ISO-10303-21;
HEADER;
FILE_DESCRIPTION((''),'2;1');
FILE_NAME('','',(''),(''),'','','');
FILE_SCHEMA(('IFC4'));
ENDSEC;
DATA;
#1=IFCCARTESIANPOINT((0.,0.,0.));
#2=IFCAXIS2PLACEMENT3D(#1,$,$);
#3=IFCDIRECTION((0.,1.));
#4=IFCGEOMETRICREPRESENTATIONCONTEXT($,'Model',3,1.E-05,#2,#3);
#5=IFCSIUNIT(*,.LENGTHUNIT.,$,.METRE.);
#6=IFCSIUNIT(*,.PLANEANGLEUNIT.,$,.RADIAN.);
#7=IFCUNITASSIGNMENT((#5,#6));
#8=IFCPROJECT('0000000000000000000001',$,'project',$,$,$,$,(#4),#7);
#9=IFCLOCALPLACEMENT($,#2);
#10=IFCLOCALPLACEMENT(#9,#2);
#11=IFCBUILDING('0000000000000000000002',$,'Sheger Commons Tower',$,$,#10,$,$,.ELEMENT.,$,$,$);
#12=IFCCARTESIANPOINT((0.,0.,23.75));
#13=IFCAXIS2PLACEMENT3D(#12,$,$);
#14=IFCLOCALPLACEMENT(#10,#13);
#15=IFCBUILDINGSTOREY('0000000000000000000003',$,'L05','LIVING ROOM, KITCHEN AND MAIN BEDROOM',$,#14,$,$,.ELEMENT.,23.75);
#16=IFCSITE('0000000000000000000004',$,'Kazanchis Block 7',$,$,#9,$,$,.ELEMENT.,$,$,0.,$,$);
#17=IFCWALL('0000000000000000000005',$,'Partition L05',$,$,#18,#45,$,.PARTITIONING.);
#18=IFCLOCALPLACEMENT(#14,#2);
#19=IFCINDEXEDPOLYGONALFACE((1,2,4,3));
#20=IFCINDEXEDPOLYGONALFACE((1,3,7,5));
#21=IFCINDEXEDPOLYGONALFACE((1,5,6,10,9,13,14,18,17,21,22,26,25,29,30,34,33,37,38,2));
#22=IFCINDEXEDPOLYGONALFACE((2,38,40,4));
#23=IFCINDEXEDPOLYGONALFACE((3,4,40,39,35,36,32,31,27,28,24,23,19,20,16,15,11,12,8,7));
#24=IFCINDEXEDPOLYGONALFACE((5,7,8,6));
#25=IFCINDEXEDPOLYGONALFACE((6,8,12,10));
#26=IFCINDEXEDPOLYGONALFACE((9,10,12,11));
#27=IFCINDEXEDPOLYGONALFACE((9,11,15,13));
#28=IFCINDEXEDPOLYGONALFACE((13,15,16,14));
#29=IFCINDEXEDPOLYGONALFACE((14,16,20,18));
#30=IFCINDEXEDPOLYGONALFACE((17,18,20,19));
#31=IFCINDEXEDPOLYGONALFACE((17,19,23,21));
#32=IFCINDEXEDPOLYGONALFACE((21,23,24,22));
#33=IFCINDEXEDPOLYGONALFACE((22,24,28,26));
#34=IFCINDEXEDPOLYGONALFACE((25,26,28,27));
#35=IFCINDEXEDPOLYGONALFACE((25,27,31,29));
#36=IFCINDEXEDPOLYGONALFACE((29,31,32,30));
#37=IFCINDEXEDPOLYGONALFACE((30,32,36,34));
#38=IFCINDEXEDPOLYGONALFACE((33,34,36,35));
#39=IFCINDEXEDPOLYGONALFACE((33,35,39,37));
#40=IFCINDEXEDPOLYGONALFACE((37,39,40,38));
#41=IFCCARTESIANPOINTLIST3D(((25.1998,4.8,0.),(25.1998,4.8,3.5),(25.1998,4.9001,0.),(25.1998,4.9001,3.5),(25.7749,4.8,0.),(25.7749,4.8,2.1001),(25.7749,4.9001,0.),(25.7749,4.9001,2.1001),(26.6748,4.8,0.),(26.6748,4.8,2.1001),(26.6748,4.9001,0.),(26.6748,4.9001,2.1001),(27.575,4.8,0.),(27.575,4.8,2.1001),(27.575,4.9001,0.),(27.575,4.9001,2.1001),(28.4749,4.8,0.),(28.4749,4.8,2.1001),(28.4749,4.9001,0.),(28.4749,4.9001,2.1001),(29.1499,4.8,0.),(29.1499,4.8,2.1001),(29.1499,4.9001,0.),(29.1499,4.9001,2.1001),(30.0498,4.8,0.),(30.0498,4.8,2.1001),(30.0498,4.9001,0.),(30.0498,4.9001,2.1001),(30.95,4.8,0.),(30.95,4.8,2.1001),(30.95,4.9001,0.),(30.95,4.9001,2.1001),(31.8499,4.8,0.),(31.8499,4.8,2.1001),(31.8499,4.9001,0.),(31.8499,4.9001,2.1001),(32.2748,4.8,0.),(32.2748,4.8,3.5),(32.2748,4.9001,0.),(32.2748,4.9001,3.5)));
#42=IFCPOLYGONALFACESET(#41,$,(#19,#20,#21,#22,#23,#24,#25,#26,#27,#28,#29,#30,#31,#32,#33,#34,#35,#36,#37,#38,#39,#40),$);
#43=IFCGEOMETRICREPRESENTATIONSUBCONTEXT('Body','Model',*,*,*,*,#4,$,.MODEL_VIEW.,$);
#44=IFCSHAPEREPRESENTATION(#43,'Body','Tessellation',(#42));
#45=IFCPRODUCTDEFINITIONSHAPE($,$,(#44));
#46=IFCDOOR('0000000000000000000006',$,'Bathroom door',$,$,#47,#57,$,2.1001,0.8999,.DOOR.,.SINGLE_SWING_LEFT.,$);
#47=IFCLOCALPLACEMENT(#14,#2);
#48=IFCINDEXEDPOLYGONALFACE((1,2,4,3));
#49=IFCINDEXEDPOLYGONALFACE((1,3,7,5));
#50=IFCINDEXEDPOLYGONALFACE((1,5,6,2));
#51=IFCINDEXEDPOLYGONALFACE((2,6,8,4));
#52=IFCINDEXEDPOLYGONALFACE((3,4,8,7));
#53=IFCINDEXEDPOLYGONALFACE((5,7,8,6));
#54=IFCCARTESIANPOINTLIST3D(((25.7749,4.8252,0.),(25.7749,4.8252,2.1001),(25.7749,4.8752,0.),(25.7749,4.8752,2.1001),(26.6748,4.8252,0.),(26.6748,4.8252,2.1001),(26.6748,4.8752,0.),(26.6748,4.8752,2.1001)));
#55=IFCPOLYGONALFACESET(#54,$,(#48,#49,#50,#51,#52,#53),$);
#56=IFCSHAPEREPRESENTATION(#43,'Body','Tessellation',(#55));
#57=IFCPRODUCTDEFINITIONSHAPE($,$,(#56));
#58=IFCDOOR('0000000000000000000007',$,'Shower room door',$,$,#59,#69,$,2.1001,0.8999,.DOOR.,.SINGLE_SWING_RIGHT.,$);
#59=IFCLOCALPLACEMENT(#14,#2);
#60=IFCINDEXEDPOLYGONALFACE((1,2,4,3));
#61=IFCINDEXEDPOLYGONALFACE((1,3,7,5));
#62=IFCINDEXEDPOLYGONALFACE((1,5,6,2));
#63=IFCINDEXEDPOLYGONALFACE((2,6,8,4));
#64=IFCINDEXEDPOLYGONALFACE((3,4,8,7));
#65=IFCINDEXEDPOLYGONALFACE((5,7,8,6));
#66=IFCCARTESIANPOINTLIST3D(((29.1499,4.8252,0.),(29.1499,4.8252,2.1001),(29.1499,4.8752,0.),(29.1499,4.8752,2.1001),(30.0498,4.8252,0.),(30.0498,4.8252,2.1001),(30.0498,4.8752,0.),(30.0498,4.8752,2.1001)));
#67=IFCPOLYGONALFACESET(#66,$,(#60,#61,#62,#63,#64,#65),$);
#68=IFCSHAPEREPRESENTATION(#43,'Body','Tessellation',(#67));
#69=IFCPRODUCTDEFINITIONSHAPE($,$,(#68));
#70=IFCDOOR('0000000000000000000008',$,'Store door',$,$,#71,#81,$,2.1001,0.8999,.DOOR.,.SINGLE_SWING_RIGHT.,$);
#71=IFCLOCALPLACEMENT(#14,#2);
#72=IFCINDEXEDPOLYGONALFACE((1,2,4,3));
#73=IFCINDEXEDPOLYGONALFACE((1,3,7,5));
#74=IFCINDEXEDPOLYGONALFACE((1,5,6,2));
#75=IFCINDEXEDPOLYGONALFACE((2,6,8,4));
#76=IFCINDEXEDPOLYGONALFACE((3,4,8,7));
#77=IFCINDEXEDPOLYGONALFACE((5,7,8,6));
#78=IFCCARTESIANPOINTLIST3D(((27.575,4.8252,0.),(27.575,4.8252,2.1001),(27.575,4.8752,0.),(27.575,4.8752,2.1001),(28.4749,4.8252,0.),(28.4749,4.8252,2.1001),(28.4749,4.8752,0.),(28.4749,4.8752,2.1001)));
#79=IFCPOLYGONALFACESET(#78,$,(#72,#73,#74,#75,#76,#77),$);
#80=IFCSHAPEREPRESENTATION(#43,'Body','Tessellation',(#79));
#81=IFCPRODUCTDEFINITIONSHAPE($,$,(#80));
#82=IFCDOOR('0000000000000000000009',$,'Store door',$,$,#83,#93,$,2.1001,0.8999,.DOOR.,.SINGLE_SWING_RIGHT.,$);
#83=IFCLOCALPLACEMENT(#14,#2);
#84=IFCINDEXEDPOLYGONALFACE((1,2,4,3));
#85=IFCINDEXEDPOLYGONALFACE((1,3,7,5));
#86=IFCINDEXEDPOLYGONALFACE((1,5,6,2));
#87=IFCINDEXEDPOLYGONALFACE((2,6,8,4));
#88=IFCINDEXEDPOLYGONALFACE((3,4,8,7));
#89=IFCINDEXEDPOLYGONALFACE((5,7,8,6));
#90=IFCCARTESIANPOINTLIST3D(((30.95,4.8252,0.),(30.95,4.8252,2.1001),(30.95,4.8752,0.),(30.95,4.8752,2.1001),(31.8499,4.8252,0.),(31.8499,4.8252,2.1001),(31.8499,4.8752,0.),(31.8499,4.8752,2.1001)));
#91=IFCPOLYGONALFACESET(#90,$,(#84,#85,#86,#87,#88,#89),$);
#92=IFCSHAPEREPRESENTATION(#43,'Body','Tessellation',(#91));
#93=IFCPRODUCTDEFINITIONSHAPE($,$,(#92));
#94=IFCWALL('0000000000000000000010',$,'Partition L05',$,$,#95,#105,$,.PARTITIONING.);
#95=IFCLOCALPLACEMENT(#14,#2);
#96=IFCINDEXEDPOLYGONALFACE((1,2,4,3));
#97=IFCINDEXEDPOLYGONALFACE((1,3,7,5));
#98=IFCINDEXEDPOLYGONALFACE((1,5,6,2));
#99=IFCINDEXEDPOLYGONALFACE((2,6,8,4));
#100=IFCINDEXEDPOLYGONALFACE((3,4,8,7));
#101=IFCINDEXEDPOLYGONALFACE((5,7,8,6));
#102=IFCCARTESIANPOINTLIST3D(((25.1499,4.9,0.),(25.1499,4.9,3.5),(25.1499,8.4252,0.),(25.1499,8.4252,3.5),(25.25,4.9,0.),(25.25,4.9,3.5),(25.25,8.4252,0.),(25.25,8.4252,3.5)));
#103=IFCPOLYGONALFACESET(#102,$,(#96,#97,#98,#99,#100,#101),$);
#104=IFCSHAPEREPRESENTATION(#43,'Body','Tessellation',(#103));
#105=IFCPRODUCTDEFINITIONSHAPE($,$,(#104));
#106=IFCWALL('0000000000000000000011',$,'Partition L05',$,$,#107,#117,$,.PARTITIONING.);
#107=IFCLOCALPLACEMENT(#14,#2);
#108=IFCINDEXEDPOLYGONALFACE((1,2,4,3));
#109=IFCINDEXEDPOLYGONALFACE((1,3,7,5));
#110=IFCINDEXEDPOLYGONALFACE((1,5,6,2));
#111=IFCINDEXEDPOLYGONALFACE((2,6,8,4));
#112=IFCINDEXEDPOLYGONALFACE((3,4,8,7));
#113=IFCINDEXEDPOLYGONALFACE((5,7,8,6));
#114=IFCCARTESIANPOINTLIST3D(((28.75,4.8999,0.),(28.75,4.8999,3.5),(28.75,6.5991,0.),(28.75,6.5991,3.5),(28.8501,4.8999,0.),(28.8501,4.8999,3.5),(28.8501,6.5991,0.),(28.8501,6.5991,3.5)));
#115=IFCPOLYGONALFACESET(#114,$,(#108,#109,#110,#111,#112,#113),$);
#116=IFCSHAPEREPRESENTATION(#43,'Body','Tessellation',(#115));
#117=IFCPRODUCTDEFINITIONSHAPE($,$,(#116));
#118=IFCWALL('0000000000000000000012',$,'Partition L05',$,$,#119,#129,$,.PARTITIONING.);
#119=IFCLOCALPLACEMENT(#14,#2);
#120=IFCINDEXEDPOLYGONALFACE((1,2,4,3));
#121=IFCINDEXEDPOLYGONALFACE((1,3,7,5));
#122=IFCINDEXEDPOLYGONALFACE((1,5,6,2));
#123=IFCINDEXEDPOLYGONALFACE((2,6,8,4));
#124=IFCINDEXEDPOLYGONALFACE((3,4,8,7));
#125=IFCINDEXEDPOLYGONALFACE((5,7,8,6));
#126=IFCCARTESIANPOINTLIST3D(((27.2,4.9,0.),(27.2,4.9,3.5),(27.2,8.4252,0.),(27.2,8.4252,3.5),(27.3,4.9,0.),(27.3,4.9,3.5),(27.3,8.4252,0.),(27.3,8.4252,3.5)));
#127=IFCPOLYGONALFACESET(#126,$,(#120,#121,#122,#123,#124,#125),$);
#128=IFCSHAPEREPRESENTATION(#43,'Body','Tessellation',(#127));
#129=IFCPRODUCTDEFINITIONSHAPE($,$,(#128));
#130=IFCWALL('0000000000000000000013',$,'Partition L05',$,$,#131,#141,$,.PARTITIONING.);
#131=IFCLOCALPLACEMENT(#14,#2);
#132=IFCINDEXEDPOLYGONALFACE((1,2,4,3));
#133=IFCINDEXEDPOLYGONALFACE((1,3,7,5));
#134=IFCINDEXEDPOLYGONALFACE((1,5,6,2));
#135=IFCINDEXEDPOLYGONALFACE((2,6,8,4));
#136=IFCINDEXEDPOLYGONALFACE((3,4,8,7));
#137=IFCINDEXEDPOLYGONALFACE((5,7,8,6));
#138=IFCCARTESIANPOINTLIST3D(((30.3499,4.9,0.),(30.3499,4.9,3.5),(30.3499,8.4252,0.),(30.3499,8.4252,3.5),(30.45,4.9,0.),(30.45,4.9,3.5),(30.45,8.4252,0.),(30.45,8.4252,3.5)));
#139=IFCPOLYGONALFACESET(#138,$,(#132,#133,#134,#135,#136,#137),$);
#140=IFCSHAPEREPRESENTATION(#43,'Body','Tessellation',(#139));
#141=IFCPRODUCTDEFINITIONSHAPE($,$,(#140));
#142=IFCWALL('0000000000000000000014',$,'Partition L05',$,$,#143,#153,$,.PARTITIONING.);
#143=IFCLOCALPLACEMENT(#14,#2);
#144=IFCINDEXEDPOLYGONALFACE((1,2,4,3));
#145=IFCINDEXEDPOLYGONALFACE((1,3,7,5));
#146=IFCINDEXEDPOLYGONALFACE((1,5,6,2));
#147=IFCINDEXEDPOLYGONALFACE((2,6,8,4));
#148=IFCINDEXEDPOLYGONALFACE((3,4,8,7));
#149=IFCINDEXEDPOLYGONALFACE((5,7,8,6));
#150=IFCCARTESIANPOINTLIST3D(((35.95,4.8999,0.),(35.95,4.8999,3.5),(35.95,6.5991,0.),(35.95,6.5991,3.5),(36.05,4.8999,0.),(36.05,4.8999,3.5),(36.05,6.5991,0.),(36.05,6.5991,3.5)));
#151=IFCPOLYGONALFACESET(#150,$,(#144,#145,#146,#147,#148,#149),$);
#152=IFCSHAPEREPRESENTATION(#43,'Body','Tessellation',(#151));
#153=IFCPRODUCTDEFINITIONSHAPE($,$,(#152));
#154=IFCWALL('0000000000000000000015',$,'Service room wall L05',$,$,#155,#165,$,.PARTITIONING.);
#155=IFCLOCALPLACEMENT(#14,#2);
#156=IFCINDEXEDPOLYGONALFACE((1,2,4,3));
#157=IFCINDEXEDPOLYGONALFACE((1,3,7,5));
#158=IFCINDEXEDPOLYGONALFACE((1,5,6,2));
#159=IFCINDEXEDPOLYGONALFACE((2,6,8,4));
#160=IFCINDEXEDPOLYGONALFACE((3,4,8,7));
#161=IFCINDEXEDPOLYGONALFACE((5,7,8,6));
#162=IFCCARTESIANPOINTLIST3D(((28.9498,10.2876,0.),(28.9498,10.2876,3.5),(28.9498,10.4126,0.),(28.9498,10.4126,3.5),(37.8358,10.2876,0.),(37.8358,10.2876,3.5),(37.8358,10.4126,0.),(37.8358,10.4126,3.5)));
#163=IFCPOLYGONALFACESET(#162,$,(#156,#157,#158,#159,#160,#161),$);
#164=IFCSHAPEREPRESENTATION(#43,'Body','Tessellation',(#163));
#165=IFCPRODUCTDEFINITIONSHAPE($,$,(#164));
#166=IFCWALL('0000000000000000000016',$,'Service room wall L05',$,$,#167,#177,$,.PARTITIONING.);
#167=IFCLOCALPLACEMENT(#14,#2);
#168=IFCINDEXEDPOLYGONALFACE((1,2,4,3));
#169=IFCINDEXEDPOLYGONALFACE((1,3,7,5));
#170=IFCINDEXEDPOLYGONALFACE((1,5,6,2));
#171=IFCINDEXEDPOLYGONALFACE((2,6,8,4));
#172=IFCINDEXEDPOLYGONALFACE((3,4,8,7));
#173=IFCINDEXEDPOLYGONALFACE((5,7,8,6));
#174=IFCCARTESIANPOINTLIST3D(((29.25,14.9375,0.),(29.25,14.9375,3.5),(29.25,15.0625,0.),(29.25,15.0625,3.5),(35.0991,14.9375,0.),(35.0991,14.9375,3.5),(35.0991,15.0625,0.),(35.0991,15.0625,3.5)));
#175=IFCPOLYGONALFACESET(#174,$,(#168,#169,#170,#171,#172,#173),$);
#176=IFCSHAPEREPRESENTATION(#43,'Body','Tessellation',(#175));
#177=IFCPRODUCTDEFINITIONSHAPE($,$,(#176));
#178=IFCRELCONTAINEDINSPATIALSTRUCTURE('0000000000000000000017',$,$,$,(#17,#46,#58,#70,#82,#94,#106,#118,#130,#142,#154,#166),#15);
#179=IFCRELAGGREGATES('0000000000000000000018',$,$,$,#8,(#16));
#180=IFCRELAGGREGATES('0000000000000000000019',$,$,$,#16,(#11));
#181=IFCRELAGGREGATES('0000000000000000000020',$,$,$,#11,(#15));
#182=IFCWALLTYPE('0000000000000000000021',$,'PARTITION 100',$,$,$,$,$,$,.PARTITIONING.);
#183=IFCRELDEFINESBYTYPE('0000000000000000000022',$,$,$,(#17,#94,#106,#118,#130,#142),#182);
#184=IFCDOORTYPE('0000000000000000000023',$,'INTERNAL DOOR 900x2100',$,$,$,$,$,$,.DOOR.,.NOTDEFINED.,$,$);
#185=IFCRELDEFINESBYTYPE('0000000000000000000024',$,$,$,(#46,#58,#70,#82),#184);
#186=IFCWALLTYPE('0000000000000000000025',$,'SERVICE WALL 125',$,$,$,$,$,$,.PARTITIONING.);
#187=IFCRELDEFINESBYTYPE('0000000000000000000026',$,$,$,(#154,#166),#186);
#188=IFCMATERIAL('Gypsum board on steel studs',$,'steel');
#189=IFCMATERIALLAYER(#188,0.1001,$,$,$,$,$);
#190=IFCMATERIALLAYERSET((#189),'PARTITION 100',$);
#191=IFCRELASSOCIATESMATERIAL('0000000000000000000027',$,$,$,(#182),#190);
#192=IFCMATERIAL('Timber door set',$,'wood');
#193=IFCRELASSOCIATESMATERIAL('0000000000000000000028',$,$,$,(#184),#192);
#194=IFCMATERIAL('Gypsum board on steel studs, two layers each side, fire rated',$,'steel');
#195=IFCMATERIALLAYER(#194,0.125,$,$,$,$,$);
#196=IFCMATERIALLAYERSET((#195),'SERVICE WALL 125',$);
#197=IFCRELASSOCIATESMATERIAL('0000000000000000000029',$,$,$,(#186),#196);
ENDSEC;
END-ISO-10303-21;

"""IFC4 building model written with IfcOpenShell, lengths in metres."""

from ifc_helpers import new_model, si_unit, direction, frame, frame_2d, origin, place, context, subcontext, project, spatial, rectangle, extrude, material, layer, layer_set, type_object, element, fill, save


model = new_model("IFC4")

# Units and contexts
model_context = context("Model", 3, precision=1e-05, world=origin(), true_north=direction((0.0, 1.0)))
body_context = subcontext(model_context, "Body", "Model", "MODEL_VIEW")
ifc_project = project(units=[si_unit("LENGTHUNIT", "METRE"), si_unit("PLANEANGLEUNIT", "RADIAN")], contexts=[model_context])

# Site, building, storey
site_placement = place(None, origin())
site = spatial("IfcSite", under=ifc_project, at=site_placement, Name="Kazanchis Block 7", CompositionType="ELEMENT", RefElevation=0.0)
building_placement = place(site_placement, origin())
building = spatial("IfcBuilding", under=site, at=building_placement, Name="Sheger Commons Tower", CompositionType="ELEMENT")
storey_placement = place(building_placement, frame((0.0, 0.0, 23.75)))
storey = spatial("IfcBuildingStorey", under=building, at=storey_placement, Name="L05", Description="LIVING ROOM, KITCHEN AND MAIN BEDROOM", CompositionType="ELEMENT", Elevation=23.75)

# Wall, openings, doors
ifc_material_1 = material(Name="Gypsum board on steel studs", Category="steel")
ifc_layer_1 = layer(ifc_material_1, 0.1001)
ifc_layer_set_1 = layer_set([ifc_layer_1], Name="PARTITION 100")
wall_type_1 = type_object("IfcWallType", Name="PARTITION 100", PredefinedType="PARTITIONING", material=ifc_layer_set_1)
wall_1_placement = place(storey_placement, frame((32.2749, 4.8501, 0.0), z_axis=(0.0, 0.0, 1.0), x_axis=(-1.0, 0.0, 0.0)))
wall_1 = element("IfcWall", 1, at=wall_1_placement, inside=storey, type_object=wall_type_1, Name="Partition L05", PredefinedType="PARTITIONING", context=body_context, shape_type="SweptSolid", body=[
    extrude(rectangle(XDim=7.075, YDim=0.1001, at=frame_2d((3.5376, 0.0))), origin(), (0.0, 0.0, 1.0), 3.5),
])
opening_1_placement = place(wall_1_placement, frame((5.6001, 0.0, 0.0)))
opening_1 = element("IfcOpeningElement", 2, at=opening_1_placement, cuts=wall_1, PredefinedType="OPENING", context=body_context, shape_type="SweptSolid", body=[
    extrude(rectangle(XDim=0.8999, YDim=2.1001, at=frame_2d((0.45, 1.05))), frame((0.0, 0.0601, 0.0), z_axis=(0.0, -1.0, 0.0), x_axis=(1.0, 0.0, 0.0)), (0.0, 0.0, 1.0), 0.1201),
])
opening_2_placement = place(wall_1_placement, frame((2.2251, 0.0, 0.0)))
opening_2 = element("IfcOpeningElement", 3, at=opening_2_placement, cuts=wall_1, PredefinedType="OPENING", context=body_context, shape_type="SweptSolid", body=[
    extrude(rectangle(XDim=0.8999, YDim=2.1001, at=frame_2d((0.45, 1.05))), frame((0.0, 0.0601, 0.0), z_axis=(0.0, -1.0, 0.0), x_axis=(1.0, 0.0, 0.0)), (0.0, 0.0, 1.0), 0.1201),
])
opening_3_placement = place(wall_1_placement, frame((3.8, 0.0, 0.0)))
opening_3 = element("IfcOpeningElement", 4, at=opening_3_placement, cuts=wall_1, PredefinedType="OPENING", context=body_context, shape_type="SweptSolid", body=[
    extrude(rectangle(XDim=0.8999, YDim=2.1001, at=frame_2d((0.45, 1.05))), frame((0.0, 0.0601, 0.0), z_axis=(0.0, -1.0, 0.0), x_axis=(1.0, 0.0, 0.0)), (0.0, 0.0, 1.0), 0.1201),
])
opening_4_placement = place(wall_1_placement, frame((0.425, 0.0, 0.0)))
opening_4 = element("IfcOpeningElement", 5, at=opening_4_placement, cuts=wall_1, PredefinedType="OPENING", context=body_context, shape_type="SweptSolid", body=[
    extrude(rectangle(XDim=0.8999, YDim=2.1001, at=frame_2d((0.45, 1.05))), frame((0.0, 0.0601, 0.0), z_axis=(0.0, -1.0, 0.0), x_axis=(1.0, 0.0, 0.0)), (0.0, 0.0, 1.0), 0.1201),
])
ifc_material_2 = material(Name="Timber door set", Category="wood")
door_type_1 = type_object("IfcDoorType", Name="INTERNAL DOOR 900x2100", OperationType="NOTDEFINED", PredefinedType="DOOR", material=ifc_material_2)
door_1_placement = place(opening_1_placement, origin())
door_1 = element("IfcDoor", 6, at=door_1_placement, inside=storey, type_object=door_type_1, Name="Bathroom door", OperationType="SINGLE_SWING_LEFT", OverallHeight=2.1001, OverallWidth=0.8999, PredefinedType="DOOR", context=body_context, shape_type="SweptSolid", body=[
    extrude(rectangle(XDim=0.8999, YDim=2.1001, at=frame_2d((0.45, 1.05))), frame((0.0, 0.0249, 0.0), z_axis=(0.0, -1.0, 0.0), x_axis=(1.0, 0.0, 0.0)), (0.0, 0.0, 1.0), 0.05),
])
fill(opening_1, door_1)
door_2_placement = place(opening_2_placement, origin())
door_2 = element("IfcDoor", 7, at=door_2_placement, inside=storey, type_object=door_type_1, Name="Shower room door", OperationType="SINGLE_SWING_RIGHT", OverallHeight=2.1001, OverallWidth=0.8999, PredefinedType="DOOR", context=body_context, shape_type="SweptSolid", body=[
    extrude(rectangle(XDim=0.8999, YDim=2.1001, at=frame_2d((0.45, 1.05))), frame((0.0, 0.0249, 0.0), z_axis=(0.0, -1.0, 0.0), x_axis=(1.0, 0.0, 0.0)), (0.0, 0.0, 1.0), 0.05),
])
fill(opening_2, door_2)
door_3_placement = place(opening_3_placement, origin())
door_3 = element("IfcDoor", 8, at=door_3_placement, inside=storey, type_object=door_type_1, Name="Store door", OperationType="SINGLE_SWING_RIGHT", OverallHeight=2.1001, OverallWidth=0.8999, PredefinedType="DOOR", context=body_context, shape_type="SweptSolid", body=[
    extrude(rectangle(XDim=0.8999, YDim=2.1001, at=frame_2d((0.45, 1.05))), frame((0.0, 0.0249, 0.0), z_axis=(0.0, -1.0, 0.0), x_axis=(1.0, 0.0, 0.0)), (0.0, 0.0, 1.0), 0.05),
])
fill(opening_3, door_3)
door_4_placement = place(opening_4_placement, origin())
door_4 = element("IfcDoor", 9, at=door_4_placement, inside=storey, type_object=door_type_1, Name="Store door", OperationType="SINGLE_SWING_RIGHT", OverallHeight=2.1001, OverallWidth=0.8999, PredefinedType="DOOR", context=body_context, shape_type="SweptSolid", body=[
    extrude(rectangle(XDim=0.8999, YDim=2.1001, at=frame_2d((0.45, 1.05))), frame((0.0, 0.0249, 0.0), z_axis=(0.0, -1.0, 0.0), x_axis=(1.0, 0.0, 0.0)), (0.0, 0.0, 1.0), 0.05),
])
fill(opening_4, door_4)

# Walls
wall_2_placement = place(storey_placement, frame((25.2, 4.8999, 0.0), z_axis=(0.0, 0.0, 1.0), x_axis=(0.0, 1.0, 0.0)))
element("IfcWall", 10, at=wall_2_placement, inside=storey, type_object=wall_type_1, Name="Partition L05", PredefinedType="PARTITIONING", context=body_context, shape_type="SweptSolid", body=[
    extrude(rectangle(XDim=3.5251, YDim=0.1001, at=frame_2d((1.7627, 0.0))), origin(), (0.0, 0.0, 1.0), 3.5),
])
wall_3_placement = place(storey_placement, frame((28.8, 4.8999, 0.0), z_axis=(0.0, 0.0, 1.0), x_axis=(0.0, 1.0, 0.0)))
element("IfcWall", 11, at=wall_3_placement, inside=storey, type_object=wall_type_1, Name="Partition L05", PredefinedType="PARTITIONING", context=body_context, shape_type="SweptSolid", body=[
    extrude(rectangle(XDim=1.6992, YDim=0.1001, at=frame_2d((0.8496, 0.0))), origin(), (0.0, 0.0, 1.0), 3.5),
])
for number, where, z_axis, x_axis, name in (
    (12, (27.25, 4.8999, 0.0), (0.0, 0.0, 1.0), (0.0, 1.0, 0.0), "Partition L05"),
    (13, (30.3999, 4.8999, 0.0), (0.0, 0.0, 1.0), (0.0, 1.0, 0.0), "Partition L05"),
):
    element("IfcWall", number, at=place(storey_placement, frame(where, z_axis=z_axis, x_axis=x_axis)), inside=storey, type_object=wall_type_1, Name=name, PredefinedType="PARTITIONING", context=body_context, shape_type="SweptSolid", body=[
        extrude(rectangle(XDim=3.5251, YDim=0.1001, at=frame_2d((1.7627, 0.0))), origin(), (0.0, 0.0, 1.0), 3.5),
    ])
wall_4_placement = place(storey_placement, frame((36.0, 4.8999, 0.0), z_axis=(0.0, 0.0, 1.0), x_axis=(0.0, 1.0, 0.0)))
element("IfcWall", 14, at=wall_4_placement, inside=storey, type_object=wall_type_1, Name="Partition L05", PredefinedType="PARTITIONING", context=body_context, shape_type="SweptSolid", body=[
    extrude(rectangle(XDim=1.6992, YDim=0.1001, at=frame_2d((0.8496, 0.0))), origin(), (0.0, 0.0, 1.0), 3.5),
])
ifc_material_3 = material(Name="Gypsum board on steel studs, two layers each side, fire rated", Category="steel")
ifc_layer_2 = layer(ifc_material_3, 0.125)
ifc_layer_set_2 = layer_set([ifc_layer_2], Name="SERVICE WALL 125")
wall_type_2 = type_object("IfcWallType", Name="SERVICE WALL 125", PredefinedType="PARTITIONING", material=ifc_layer_set_2)
wall_5_placement = place(storey_placement, frame((28.95, 10.3501, 0.0), z_axis=(0.0, 0.0, 1.0), x_axis=(1.0, 0.0, 0.0)))
element("IfcWall", 15, at=wall_5_placement, inside=storey, type_object=wall_type_2, Name="Service room wall L05", PredefinedType="PARTITIONING", context=body_context, shape_type="SweptSolid", body=[
    extrude(rectangle(XDim=8.886, YDim=0.125, at=frame_2d((4.4429, 0.0))), origin(), (0.0, 0.0, 1.0), 3.5),
])
wall_6_placement = place(storey_placement, frame((29.25, 15.0, 0.0), z_axis=(0.0, 0.0, 1.0), x_axis=(1.0, 0.0, 0.0)))
element("IfcWall", 16, at=wall_6_placement, inside=storey, type_object=wall_type_2, Name="Service room wall L05", PredefinedType="PARTITIONING", context=body_context, shape_type="SweptSolid", body=[
    extrude(rectangle(XDim=5.8491, YDim=0.125, at=frame_2d((2.9246, 0.0))), origin(), (0.0, 0.0, 1.0), 3.5),
])

save(model, "model.ifc")
